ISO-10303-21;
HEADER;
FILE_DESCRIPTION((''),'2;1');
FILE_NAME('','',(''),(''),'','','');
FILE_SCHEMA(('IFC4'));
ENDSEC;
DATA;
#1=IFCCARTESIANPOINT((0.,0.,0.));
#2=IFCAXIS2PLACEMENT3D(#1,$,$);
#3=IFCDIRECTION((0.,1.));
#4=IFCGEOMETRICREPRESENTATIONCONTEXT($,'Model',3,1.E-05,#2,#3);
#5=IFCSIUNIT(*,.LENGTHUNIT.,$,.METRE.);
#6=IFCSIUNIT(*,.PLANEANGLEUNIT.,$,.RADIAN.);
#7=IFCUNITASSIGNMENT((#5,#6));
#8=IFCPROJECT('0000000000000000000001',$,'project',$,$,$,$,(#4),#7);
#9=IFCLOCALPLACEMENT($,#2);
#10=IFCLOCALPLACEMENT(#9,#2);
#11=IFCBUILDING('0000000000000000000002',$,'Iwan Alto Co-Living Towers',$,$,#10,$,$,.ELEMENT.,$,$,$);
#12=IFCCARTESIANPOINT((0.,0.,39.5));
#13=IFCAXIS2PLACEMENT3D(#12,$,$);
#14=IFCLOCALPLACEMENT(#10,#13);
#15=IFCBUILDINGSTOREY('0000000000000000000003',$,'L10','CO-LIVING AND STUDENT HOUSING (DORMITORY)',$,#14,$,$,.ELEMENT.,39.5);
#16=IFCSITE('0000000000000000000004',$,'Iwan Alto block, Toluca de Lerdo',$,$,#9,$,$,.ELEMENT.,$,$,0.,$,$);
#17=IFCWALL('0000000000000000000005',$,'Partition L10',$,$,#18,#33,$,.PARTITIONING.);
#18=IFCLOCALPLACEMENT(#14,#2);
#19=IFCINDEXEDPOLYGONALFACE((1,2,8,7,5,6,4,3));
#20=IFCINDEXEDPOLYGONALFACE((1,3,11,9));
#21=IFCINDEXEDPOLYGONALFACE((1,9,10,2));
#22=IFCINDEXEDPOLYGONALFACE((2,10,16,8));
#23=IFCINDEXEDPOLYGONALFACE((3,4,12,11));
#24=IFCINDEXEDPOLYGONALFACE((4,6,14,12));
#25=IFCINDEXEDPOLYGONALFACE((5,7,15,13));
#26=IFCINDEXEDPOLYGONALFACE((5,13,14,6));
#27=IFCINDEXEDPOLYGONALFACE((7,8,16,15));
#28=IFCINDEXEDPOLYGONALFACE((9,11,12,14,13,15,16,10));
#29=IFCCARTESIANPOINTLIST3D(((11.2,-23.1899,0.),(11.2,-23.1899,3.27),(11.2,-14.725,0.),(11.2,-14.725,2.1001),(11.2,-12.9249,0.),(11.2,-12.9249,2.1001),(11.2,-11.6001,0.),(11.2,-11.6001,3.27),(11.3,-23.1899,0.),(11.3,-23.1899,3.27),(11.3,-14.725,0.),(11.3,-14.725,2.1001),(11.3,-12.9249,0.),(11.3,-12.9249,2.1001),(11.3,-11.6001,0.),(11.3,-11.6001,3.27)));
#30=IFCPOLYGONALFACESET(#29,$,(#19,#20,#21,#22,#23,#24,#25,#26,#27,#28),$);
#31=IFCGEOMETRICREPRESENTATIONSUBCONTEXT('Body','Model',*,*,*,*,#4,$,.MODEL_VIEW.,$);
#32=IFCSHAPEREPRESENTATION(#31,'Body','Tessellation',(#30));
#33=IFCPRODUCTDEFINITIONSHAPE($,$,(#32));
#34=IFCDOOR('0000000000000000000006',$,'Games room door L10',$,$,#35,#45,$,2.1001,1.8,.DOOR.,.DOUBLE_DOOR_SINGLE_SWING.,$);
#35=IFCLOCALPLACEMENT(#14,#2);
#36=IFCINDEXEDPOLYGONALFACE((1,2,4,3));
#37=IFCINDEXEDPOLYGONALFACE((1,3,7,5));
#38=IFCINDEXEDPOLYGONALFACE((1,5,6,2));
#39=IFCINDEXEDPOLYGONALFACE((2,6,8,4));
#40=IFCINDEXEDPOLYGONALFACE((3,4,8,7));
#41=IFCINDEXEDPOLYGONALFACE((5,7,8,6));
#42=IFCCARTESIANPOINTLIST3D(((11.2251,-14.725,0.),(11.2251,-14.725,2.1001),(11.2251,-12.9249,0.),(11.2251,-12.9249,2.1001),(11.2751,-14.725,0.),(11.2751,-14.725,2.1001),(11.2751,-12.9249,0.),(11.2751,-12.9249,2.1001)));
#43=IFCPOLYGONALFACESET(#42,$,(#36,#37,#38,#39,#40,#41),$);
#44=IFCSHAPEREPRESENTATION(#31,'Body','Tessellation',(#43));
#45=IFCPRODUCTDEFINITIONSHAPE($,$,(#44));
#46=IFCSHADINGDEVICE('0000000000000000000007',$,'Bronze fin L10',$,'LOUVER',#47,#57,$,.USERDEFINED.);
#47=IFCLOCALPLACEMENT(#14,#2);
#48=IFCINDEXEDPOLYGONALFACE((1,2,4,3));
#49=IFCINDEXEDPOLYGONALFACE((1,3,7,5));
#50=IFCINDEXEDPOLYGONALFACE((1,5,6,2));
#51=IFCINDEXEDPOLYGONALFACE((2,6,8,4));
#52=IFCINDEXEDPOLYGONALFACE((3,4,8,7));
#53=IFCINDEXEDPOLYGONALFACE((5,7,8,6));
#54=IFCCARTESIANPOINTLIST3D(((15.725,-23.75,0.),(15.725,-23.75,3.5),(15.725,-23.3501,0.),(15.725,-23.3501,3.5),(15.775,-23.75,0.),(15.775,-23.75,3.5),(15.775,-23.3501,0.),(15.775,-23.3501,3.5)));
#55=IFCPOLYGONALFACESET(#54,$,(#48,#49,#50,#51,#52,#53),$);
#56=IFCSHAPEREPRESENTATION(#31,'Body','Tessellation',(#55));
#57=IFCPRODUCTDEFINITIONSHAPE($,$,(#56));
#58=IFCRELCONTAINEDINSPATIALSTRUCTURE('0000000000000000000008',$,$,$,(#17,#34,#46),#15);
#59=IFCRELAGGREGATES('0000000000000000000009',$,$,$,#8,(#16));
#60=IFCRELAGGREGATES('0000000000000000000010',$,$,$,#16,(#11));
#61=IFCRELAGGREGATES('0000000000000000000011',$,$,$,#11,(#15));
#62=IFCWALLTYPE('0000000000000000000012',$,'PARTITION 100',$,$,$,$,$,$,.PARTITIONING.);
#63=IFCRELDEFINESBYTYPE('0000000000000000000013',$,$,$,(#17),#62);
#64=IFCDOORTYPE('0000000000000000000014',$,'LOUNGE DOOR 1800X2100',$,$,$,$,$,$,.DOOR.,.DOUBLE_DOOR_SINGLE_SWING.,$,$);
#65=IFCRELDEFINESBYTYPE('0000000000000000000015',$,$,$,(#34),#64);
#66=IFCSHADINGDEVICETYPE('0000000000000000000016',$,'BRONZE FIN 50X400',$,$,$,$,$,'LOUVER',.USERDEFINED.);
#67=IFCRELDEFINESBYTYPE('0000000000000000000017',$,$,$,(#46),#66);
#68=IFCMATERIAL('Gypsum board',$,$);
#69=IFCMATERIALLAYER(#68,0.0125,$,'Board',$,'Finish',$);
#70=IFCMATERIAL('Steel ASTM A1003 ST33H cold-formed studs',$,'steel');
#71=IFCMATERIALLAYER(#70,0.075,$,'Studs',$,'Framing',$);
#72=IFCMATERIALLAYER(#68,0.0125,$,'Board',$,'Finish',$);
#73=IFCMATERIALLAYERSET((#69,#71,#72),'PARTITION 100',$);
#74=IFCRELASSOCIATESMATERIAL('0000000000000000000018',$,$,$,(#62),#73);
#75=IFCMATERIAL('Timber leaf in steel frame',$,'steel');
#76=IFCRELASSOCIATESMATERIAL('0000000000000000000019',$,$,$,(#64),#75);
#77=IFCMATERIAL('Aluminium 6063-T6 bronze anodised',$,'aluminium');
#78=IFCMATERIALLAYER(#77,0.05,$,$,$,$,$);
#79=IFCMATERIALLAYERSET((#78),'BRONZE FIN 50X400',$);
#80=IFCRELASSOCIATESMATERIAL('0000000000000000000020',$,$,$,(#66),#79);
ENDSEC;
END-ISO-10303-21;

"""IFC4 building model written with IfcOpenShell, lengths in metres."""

from ifc_helpers import new_model, si_unit, direction, frame, frame_2d, origin, origin_2d, place, context, subcontext, project, spatial, rectangle, extrude, material, layer, layer_set, type_object, element, fill, save


model = new_model("IFC4")

# Units and contexts
model_context = context("Model", 3, precision=1e-05, world=origin(), true_north=direction((0.0, 1.0)))
body_context = subcontext(model_context, "Body", "Model", "MODEL_VIEW")
ifc_project = project(units=[si_unit("LENGTHUNIT", "METRE"), si_unit("PLANEANGLEUNIT", "RADIAN")], contexts=[model_context])

# Site, building, storey
site_placement = place(None, origin())
site = spatial("IfcSite", under=ifc_project, at=site_placement, Name="Iwan Alto block, Toluca de Lerdo", CompositionType="ELEMENT", RefElevation=0.0)
building_placement = place(site_placement, origin())
building = spatial("IfcBuilding", under=site, at=building_placement, Name="Iwan Alto Co-Living Towers", CompositionType="ELEMENT")
storey_placement = place(building_placement, frame((0.0, 0.0, 39.5)))
storey = spatial("IfcBuildingStorey", under=building, at=storey_placement, Name="L10", Description="CO-LIVING AND STUDENT HOUSING (DORMITORY)", CompositionType="ELEMENT", Elevation=39.5)

# Wall, opening, door
ifc_material_1 = material(Name="Gypsum board")
ifc_layer_1 = layer(ifc_material_1, 0.0125, Name="Board", Category="Finish")
ifc_material_2 = material(Name="Steel ASTM A1003 ST33H cold-formed studs", Category="steel")
ifc_layer_2 = layer(ifc_material_2, 0.075, Name="Studs", Category="Framing")
ifc_layer_3 = layer(ifc_material_1, 0.0125, Name="Board", Category="Finish")
ifc_layer_set_1 = layer_set([ifc_layer_1, ifc_layer_2, ifc_layer_3], Name="PARTITION 100")
wall_type = type_object("IfcWallType", Name="PARTITION 100", PredefinedType="PARTITIONING", material=ifc_layer_set_1)
wall_1_placement = place(storey_placement, frame((11.25, -23.1899, 0.0), z_axis=(0.0, 0.0, 1.0), x_axis=(0.0, 1.0, 0.0)))
wall_1 = element("IfcWall", 1, at=wall_1_placement, inside=storey, type_object=wall_type, Name="Partition L10", PredefinedType="PARTITIONING", context=body_context, shape_type="SweptSolid", body=[
    extrude(rectangle(XDim=11.5898, YDim=0.1001, at=frame_2d((5.7949, 0.0))), origin(), (0.0, 0.0, 1.0), 3.27),
])
opening_1_placement = place(wall_1_placement, frame((8.4651, 0.0, 0.0)))
opening_1 = element("IfcOpeningElement", 2, at=opening_1_placement, cuts=wall_1, PredefinedType="OPENING", context=body_context, shape_type="SweptSolid", body=[
    extrude(rectangle(XDim=1.8, YDim=2.1001, at=frame_2d((0.8999, 1.05))), frame((0.0, 0.0601, 0.0), z_axis=(0.0, -1.0, 0.0), x_axis=(1.0, 0.0, 0.0)), (0.0, 0.0, 1.0), 0.1201),
])
ifc_material_3 = material(Name="Timber leaf in steel frame", Category="steel")
door_type_1 = type_object("IfcDoorType", Name="LOUNGE DOOR 1800X2100", OperationType="DOUBLE_DOOR_SINGLE_SWING", PredefinedType="DOOR", material=ifc_material_3)
door_1_placement = place(opening_1_placement, origin())
door_1 = element("IfcDoor", 3, at=door_1_placement, inside=storey, type_object=door_type_1, Name="Games room door L10", OperationType="DOUBLE_DOOR_SINGLE_SWING", OverallHeight=2.1001, OverallWidth=1.8, PredefinedType="DOOR", context=body_context, shape_type="SweptSolid", body=[
    extrude(rectangle(XDim=1.8, YDim=2.1001, at=frame_2d((0.8999, 1.05))), frame((0.0, 0.0249, 0.0), z_axis=(0.0, -1.0, 0.0), x_axis=(1.0, 0.0, 0.0)), (0.0, 0.0, 1.0), 0.05),
])
fill(opening_1, door_1)

# Shading device
ifc_material_4 = material(Name="Aluminium 6063-T6 bronze anodised", Category="aluminium")
ifc_layer_4 = layer(ifc_material_4, 0.05)
ifc_layer_set_2 = layer_set([ifc_layer_4], Name="BRONZE FIN 50X400")
shading_device_type = type_object("IfcShadingDeviceType", Name="BRONZE FIN 50X400", ElementType="LOUVER", PredefinedType="USERDEFINED", material=ifc_layer_set_2)
shading_device_placement = place(storey_placement, frame((15.75, -23.55, 0.0), z_axis=(0.0, 0.0, 1.0), x_axis=(1.0, 0.0, 0.0)))
element("IfcShadingDevice", 4, at=shading_device_placement, inside=storey, type_object=shading_device_type, Name="Bronze fin L10", ObjectType="LOUVER", PredefinedType="USERDEFINED", context=body_context, shape_type="SweptSolid", body=[
    extrude(rectangle(XDim=0.05, YDim=0.3999, at=origin_2d()), origin(), (0.0, 0.0, 1.0), 3.5),
])

save(model, "model.ifc")
